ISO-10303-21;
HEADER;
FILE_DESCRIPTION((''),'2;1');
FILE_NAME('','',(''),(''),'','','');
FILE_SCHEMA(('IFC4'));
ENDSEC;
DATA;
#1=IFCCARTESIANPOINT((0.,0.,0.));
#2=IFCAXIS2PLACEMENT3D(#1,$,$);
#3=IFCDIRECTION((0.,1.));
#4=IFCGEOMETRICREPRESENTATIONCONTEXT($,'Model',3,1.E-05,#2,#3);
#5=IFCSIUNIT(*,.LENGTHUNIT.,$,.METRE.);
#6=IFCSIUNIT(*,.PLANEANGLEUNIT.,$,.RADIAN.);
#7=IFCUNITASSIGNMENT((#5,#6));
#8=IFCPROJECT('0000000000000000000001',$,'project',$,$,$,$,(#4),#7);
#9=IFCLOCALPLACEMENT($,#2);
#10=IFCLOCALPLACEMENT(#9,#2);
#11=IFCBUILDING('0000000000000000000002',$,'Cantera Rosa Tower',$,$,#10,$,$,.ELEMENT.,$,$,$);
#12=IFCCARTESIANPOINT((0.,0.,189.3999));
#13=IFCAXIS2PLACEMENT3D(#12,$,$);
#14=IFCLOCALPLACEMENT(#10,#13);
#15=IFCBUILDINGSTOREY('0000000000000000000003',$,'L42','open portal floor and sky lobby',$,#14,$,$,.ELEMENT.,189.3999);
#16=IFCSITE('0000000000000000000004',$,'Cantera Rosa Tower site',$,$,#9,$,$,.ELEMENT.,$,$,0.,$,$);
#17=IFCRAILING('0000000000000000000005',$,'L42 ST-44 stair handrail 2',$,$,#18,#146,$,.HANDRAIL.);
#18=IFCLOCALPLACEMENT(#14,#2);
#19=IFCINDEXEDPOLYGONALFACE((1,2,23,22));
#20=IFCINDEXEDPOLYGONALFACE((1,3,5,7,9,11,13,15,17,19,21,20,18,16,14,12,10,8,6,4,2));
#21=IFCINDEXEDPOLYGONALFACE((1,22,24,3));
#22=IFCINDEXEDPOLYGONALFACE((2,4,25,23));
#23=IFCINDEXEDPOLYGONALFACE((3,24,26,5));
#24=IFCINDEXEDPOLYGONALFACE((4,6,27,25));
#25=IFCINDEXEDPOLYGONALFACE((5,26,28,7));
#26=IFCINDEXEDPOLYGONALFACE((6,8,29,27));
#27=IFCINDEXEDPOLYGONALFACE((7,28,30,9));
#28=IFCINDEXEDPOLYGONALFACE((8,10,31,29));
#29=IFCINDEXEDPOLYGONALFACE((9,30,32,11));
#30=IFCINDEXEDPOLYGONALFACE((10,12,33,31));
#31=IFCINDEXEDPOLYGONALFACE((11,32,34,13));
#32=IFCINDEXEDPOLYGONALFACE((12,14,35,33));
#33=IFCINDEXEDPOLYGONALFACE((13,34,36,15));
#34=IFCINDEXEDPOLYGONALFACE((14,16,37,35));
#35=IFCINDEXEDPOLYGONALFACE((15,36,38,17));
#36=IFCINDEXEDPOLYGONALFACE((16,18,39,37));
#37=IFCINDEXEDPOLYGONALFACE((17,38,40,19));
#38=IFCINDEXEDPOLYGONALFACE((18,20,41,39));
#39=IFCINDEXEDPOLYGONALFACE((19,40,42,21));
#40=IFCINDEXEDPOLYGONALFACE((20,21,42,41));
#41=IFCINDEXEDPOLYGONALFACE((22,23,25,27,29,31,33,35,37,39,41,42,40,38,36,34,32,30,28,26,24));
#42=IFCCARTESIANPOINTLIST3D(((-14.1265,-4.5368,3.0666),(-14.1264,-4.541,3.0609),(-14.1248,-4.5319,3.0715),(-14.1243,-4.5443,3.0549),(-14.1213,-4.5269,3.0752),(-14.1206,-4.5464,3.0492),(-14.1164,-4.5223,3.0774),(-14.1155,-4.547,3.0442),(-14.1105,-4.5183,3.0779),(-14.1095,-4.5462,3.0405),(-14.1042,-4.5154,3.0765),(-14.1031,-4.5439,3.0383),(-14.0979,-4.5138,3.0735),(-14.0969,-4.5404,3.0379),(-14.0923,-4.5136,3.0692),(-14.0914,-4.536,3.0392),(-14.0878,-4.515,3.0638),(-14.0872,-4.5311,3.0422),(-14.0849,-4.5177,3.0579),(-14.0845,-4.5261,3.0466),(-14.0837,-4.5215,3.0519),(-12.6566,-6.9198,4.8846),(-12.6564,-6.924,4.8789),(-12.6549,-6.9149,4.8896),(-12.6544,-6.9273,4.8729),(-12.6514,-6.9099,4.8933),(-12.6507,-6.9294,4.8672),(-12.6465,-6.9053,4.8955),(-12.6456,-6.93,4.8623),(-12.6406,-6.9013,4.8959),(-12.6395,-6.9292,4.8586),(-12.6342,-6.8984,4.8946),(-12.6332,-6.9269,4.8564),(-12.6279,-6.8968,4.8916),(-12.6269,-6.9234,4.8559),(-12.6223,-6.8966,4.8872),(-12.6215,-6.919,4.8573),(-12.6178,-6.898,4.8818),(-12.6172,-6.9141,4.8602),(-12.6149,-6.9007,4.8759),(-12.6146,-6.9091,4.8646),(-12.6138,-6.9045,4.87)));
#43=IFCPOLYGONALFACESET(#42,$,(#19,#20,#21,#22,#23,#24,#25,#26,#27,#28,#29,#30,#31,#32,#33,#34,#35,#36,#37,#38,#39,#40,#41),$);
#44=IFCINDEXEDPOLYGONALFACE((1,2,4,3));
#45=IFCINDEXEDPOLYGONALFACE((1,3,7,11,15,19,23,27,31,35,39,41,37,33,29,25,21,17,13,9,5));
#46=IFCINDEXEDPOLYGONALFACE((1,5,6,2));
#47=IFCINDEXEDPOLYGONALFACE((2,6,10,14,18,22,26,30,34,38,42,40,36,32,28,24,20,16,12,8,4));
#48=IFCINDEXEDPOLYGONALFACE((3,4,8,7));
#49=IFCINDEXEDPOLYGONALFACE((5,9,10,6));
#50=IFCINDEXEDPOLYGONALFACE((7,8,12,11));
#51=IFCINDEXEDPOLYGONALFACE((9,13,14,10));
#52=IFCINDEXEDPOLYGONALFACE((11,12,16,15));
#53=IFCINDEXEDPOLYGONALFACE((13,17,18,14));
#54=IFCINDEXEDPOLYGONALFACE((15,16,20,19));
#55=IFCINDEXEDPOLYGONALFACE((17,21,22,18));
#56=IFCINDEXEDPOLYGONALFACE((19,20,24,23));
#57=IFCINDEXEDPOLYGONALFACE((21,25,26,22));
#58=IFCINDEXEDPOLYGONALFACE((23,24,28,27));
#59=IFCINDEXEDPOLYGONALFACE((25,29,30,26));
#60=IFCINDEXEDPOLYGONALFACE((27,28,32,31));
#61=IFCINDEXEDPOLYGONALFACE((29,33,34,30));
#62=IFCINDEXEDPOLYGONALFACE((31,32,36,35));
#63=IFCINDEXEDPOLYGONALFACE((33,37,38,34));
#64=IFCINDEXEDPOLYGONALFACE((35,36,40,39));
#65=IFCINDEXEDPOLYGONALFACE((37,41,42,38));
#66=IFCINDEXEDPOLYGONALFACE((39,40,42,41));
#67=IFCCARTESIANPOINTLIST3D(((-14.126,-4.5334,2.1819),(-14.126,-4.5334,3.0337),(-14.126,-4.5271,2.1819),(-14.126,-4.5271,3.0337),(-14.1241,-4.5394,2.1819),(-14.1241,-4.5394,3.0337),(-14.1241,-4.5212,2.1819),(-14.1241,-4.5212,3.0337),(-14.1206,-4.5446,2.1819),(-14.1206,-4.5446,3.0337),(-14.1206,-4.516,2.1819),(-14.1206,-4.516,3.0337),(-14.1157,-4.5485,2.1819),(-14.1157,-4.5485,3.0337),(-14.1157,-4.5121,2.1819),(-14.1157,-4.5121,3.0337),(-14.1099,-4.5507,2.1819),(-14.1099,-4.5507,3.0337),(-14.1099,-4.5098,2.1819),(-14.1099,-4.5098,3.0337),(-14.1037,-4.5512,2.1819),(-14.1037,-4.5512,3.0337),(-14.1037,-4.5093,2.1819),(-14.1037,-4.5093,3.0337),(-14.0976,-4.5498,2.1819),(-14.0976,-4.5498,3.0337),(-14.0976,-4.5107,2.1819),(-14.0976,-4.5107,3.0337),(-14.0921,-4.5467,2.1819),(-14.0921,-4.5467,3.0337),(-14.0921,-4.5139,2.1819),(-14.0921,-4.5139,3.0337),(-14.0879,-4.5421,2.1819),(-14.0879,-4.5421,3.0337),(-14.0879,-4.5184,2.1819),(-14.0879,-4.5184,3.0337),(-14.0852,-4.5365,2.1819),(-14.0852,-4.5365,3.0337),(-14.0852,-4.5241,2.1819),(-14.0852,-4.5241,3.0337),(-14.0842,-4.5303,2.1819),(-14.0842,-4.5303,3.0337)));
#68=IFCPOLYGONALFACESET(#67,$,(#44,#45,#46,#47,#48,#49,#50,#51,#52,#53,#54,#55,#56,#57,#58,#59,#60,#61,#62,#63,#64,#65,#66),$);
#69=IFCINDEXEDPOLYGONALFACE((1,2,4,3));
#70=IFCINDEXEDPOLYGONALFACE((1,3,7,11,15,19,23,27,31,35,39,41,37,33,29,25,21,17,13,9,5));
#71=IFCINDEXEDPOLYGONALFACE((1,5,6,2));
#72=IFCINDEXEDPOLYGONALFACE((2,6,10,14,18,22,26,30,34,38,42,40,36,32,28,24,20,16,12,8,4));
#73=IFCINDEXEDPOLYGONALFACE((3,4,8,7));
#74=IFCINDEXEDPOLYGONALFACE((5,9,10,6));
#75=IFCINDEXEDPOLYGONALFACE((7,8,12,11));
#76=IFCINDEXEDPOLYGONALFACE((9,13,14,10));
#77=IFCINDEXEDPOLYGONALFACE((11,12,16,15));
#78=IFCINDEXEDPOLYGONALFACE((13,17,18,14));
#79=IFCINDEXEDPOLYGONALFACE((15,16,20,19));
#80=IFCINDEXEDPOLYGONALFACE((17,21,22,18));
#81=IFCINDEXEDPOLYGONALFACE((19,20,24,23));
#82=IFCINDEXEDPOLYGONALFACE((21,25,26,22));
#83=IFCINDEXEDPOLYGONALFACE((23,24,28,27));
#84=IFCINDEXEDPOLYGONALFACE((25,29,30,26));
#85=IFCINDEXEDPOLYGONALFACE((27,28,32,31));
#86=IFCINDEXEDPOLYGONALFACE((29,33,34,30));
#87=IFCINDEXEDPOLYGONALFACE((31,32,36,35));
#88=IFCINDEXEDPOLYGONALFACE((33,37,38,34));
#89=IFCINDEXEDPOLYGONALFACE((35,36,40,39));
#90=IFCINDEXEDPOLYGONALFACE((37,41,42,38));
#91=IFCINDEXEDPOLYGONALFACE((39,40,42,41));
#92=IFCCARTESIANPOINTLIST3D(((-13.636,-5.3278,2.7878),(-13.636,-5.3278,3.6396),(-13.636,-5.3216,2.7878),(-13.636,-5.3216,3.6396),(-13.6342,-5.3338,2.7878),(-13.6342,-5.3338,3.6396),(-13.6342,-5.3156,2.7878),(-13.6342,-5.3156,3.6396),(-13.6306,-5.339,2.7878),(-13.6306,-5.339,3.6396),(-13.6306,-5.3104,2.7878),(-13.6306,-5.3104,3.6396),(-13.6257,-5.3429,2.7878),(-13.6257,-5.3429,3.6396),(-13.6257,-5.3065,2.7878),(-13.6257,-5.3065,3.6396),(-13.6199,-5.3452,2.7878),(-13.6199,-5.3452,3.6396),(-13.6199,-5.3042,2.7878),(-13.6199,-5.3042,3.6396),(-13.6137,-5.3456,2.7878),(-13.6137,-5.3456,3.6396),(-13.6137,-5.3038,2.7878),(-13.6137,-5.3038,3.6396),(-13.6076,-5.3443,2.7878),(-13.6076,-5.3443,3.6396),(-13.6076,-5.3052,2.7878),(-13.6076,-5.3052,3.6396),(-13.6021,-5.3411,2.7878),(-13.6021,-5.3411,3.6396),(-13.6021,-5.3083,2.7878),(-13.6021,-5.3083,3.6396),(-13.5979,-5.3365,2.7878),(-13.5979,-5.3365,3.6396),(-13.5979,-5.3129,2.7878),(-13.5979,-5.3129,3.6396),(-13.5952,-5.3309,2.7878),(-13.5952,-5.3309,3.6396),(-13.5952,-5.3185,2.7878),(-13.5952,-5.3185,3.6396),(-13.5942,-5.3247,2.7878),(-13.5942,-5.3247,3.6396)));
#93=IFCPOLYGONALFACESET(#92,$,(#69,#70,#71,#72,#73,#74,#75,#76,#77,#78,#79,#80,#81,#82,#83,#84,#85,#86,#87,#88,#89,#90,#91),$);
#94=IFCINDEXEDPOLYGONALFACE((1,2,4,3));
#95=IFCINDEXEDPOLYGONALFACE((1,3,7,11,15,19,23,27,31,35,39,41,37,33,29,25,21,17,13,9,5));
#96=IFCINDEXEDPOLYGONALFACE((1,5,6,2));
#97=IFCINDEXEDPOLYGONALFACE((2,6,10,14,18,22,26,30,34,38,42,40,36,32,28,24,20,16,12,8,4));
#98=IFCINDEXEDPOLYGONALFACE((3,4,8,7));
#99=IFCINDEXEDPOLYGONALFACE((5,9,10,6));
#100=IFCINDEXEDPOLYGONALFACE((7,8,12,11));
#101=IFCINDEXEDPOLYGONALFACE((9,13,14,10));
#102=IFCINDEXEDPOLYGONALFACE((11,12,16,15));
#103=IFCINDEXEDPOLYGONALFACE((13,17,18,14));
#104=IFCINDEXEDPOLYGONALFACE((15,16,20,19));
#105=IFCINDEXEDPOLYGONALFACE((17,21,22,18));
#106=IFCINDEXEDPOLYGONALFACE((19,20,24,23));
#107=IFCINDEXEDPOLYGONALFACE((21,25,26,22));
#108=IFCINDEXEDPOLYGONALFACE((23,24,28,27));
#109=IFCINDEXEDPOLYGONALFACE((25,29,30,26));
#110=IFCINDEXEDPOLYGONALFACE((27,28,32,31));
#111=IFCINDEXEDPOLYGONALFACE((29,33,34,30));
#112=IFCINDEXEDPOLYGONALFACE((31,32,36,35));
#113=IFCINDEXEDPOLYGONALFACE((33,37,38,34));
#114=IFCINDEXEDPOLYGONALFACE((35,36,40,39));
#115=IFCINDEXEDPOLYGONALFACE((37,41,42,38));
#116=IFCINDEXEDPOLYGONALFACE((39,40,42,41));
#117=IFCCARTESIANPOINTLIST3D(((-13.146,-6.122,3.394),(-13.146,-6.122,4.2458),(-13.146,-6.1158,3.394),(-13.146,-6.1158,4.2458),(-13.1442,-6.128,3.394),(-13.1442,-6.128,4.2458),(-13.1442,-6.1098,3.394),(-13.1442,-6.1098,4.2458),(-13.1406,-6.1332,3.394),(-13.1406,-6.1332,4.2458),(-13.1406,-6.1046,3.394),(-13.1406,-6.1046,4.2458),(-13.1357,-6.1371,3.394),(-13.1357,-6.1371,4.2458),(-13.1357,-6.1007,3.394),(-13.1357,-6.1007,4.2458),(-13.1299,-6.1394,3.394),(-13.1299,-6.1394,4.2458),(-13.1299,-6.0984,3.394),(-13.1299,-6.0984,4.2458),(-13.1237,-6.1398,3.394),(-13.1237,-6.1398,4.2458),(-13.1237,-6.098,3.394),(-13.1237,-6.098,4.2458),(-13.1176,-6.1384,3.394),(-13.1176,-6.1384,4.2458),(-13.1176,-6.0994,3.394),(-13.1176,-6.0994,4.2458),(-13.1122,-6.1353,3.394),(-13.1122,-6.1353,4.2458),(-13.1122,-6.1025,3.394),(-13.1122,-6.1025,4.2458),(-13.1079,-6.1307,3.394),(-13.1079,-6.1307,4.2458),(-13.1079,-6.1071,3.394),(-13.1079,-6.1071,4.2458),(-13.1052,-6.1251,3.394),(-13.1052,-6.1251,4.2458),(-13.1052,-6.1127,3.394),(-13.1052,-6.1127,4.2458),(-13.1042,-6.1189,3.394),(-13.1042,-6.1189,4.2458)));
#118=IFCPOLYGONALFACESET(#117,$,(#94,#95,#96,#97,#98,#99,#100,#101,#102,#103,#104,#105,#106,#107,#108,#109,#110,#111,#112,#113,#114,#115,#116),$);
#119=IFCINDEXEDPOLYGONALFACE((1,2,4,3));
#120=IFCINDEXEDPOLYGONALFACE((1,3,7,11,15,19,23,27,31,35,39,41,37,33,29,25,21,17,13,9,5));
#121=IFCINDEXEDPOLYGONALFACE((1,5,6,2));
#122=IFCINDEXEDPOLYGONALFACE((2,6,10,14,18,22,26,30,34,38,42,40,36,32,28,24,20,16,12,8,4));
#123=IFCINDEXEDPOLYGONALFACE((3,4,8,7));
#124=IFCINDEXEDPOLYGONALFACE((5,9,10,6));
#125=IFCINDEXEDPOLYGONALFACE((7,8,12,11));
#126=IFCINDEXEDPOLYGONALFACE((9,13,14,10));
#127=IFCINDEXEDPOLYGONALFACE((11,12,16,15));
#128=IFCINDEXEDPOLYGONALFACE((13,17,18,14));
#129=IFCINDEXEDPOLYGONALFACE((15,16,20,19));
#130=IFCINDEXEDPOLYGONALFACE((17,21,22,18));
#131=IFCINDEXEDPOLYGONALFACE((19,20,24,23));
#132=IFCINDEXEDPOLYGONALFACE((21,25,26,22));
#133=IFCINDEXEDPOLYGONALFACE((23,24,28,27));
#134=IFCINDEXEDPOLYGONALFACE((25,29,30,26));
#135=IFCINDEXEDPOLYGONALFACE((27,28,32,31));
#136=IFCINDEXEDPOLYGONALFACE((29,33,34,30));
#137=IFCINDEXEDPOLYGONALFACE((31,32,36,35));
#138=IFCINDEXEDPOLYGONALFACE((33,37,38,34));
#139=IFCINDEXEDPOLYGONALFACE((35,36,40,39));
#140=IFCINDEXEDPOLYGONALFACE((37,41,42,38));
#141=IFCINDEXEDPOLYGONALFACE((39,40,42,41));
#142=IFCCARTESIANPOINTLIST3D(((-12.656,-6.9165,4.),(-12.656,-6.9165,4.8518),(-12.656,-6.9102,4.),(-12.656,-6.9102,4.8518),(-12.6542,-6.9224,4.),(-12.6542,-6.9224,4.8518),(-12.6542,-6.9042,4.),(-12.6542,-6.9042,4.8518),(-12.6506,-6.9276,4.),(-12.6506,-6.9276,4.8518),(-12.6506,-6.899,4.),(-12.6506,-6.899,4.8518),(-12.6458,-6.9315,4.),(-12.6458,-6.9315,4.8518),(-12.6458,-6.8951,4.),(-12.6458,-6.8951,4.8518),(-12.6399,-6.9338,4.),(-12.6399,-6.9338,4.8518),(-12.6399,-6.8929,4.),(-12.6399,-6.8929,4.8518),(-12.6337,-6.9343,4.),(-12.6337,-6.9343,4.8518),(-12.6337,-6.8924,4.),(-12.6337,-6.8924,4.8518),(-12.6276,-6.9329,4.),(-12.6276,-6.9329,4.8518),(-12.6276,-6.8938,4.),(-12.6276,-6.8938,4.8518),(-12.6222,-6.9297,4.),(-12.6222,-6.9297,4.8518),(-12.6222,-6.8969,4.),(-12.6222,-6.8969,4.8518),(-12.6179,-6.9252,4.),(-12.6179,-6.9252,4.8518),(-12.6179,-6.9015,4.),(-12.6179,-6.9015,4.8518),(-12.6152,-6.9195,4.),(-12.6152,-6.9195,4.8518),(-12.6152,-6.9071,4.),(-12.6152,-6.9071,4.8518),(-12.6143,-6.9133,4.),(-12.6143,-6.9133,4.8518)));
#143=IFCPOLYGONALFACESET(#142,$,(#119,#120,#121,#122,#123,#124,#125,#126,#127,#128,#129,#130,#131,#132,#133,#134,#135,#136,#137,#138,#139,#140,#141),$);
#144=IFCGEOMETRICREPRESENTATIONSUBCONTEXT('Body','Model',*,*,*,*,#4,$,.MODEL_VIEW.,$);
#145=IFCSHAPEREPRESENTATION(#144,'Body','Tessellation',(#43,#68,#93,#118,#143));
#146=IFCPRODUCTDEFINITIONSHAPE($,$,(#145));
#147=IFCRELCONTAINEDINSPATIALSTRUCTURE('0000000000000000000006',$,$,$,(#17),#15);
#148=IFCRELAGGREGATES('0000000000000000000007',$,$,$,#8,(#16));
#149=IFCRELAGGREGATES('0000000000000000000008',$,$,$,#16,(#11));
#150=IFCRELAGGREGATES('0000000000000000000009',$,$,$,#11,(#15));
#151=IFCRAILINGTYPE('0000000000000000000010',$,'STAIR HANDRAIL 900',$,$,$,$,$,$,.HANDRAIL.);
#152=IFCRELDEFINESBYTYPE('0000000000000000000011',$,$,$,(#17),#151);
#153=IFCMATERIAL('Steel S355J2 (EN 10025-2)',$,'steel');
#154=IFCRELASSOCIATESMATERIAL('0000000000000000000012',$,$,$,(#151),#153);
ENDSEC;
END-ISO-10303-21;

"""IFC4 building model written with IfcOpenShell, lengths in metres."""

from ifc_helpers import new_model, si_unit, direction, frame, origin, origin_2d, place, context, subcontext, project, spatial, circle, extrude, material, type_object, element, save


model = new_model("IFC4")

# Units and contexts
model_context = context("Model", 3, precision=1e-05, world=origin(), true_north=direction((0.0, 1.0)))
body_context = subcontext(model_context, "Body", "Model", "MODEL_VIEW")
ifc_project = project(units=[si_unit("LENGTHUNIT", "METRE"), si_unit("PLANEANGLEUNIT", "RADIAN")], contexts=[model_context])

# Site, building, storey
site_placement = place(None, origin())
site = spatial("IfcSite", under=ifc_project, at=site_placement, Name="Cantera Rosa Tower site", CompositionType="ELEMENT", RefElevation=0.0)
building_placement = place(site_placement, origin())
building = spatial("IfcBuilding", under=site, at=building_placement, Name="Cantera Rosa Tower", CompositionType="ELEMENT")
storey_placement = place(building_placement, frame((0.0, 0.0, 189.3999)))
storey = spatial("IfcBuildingStorey", under=building, at=storey_placement, Name="L42", Description="open portal floor and sky lobby", CompositionType="ELEMENT", Elevation=189.3999)

# Railing
ifc_material_1 = material(Name="Steel S355J2 (EN 10025-2)", Category="steel")
railing_type_1 = type_object("IfcRailingType", Name="STAIR HANDRAIL 900", PredefinedType="HANDRAIL", material=ifc_material_1)
for number, where, name in (
    (1, (-14.1052, -4.5303, 2.1819), "L42 ST-44 stair handrail 2"),
):
    element("IfcRailing", number, at=place(storey_placement, frame(where)), inside=storey, type_object=railing_type_1, Name=name, PredefinedType="HANDRAIL", context=body_context, shape_type="SweptSolid", body=[
        extrude(circle(Radius=0.0239, at=origin_2d()), frame((0.0, 0.0, 0.876), z_axis=(0.440314, -0.713819, 0.544597), x_axis=(0.851104, 0.524997, 0.0)), (0.0, 0.0, 1.0), 3.3384),
        extrude(circle(Radius=0.021, at=origin_2d()), origin(), (0.0, 0.0, 1.0), 0.8518),
        extrude(circle(Radius=0.021, at=origin_2d()), frame((0.49, -0.7944, 0.606)), (0.0, 0.0, 1.0), 0.8518),
        extrude(circle(Radius=0.021, at=origin_2d()), frame((0.98, -1.5886, 1.2122)), (0.0, 0.0, 1.0), 0.8518),
        extrude(circle(Radius=0.021, at=origin_2d()), frame((1.47, -2.3831, 1.8181)), (0.0, 0.0, 1.0), 0.8518),
    ])

save(model, "model.ifc")
